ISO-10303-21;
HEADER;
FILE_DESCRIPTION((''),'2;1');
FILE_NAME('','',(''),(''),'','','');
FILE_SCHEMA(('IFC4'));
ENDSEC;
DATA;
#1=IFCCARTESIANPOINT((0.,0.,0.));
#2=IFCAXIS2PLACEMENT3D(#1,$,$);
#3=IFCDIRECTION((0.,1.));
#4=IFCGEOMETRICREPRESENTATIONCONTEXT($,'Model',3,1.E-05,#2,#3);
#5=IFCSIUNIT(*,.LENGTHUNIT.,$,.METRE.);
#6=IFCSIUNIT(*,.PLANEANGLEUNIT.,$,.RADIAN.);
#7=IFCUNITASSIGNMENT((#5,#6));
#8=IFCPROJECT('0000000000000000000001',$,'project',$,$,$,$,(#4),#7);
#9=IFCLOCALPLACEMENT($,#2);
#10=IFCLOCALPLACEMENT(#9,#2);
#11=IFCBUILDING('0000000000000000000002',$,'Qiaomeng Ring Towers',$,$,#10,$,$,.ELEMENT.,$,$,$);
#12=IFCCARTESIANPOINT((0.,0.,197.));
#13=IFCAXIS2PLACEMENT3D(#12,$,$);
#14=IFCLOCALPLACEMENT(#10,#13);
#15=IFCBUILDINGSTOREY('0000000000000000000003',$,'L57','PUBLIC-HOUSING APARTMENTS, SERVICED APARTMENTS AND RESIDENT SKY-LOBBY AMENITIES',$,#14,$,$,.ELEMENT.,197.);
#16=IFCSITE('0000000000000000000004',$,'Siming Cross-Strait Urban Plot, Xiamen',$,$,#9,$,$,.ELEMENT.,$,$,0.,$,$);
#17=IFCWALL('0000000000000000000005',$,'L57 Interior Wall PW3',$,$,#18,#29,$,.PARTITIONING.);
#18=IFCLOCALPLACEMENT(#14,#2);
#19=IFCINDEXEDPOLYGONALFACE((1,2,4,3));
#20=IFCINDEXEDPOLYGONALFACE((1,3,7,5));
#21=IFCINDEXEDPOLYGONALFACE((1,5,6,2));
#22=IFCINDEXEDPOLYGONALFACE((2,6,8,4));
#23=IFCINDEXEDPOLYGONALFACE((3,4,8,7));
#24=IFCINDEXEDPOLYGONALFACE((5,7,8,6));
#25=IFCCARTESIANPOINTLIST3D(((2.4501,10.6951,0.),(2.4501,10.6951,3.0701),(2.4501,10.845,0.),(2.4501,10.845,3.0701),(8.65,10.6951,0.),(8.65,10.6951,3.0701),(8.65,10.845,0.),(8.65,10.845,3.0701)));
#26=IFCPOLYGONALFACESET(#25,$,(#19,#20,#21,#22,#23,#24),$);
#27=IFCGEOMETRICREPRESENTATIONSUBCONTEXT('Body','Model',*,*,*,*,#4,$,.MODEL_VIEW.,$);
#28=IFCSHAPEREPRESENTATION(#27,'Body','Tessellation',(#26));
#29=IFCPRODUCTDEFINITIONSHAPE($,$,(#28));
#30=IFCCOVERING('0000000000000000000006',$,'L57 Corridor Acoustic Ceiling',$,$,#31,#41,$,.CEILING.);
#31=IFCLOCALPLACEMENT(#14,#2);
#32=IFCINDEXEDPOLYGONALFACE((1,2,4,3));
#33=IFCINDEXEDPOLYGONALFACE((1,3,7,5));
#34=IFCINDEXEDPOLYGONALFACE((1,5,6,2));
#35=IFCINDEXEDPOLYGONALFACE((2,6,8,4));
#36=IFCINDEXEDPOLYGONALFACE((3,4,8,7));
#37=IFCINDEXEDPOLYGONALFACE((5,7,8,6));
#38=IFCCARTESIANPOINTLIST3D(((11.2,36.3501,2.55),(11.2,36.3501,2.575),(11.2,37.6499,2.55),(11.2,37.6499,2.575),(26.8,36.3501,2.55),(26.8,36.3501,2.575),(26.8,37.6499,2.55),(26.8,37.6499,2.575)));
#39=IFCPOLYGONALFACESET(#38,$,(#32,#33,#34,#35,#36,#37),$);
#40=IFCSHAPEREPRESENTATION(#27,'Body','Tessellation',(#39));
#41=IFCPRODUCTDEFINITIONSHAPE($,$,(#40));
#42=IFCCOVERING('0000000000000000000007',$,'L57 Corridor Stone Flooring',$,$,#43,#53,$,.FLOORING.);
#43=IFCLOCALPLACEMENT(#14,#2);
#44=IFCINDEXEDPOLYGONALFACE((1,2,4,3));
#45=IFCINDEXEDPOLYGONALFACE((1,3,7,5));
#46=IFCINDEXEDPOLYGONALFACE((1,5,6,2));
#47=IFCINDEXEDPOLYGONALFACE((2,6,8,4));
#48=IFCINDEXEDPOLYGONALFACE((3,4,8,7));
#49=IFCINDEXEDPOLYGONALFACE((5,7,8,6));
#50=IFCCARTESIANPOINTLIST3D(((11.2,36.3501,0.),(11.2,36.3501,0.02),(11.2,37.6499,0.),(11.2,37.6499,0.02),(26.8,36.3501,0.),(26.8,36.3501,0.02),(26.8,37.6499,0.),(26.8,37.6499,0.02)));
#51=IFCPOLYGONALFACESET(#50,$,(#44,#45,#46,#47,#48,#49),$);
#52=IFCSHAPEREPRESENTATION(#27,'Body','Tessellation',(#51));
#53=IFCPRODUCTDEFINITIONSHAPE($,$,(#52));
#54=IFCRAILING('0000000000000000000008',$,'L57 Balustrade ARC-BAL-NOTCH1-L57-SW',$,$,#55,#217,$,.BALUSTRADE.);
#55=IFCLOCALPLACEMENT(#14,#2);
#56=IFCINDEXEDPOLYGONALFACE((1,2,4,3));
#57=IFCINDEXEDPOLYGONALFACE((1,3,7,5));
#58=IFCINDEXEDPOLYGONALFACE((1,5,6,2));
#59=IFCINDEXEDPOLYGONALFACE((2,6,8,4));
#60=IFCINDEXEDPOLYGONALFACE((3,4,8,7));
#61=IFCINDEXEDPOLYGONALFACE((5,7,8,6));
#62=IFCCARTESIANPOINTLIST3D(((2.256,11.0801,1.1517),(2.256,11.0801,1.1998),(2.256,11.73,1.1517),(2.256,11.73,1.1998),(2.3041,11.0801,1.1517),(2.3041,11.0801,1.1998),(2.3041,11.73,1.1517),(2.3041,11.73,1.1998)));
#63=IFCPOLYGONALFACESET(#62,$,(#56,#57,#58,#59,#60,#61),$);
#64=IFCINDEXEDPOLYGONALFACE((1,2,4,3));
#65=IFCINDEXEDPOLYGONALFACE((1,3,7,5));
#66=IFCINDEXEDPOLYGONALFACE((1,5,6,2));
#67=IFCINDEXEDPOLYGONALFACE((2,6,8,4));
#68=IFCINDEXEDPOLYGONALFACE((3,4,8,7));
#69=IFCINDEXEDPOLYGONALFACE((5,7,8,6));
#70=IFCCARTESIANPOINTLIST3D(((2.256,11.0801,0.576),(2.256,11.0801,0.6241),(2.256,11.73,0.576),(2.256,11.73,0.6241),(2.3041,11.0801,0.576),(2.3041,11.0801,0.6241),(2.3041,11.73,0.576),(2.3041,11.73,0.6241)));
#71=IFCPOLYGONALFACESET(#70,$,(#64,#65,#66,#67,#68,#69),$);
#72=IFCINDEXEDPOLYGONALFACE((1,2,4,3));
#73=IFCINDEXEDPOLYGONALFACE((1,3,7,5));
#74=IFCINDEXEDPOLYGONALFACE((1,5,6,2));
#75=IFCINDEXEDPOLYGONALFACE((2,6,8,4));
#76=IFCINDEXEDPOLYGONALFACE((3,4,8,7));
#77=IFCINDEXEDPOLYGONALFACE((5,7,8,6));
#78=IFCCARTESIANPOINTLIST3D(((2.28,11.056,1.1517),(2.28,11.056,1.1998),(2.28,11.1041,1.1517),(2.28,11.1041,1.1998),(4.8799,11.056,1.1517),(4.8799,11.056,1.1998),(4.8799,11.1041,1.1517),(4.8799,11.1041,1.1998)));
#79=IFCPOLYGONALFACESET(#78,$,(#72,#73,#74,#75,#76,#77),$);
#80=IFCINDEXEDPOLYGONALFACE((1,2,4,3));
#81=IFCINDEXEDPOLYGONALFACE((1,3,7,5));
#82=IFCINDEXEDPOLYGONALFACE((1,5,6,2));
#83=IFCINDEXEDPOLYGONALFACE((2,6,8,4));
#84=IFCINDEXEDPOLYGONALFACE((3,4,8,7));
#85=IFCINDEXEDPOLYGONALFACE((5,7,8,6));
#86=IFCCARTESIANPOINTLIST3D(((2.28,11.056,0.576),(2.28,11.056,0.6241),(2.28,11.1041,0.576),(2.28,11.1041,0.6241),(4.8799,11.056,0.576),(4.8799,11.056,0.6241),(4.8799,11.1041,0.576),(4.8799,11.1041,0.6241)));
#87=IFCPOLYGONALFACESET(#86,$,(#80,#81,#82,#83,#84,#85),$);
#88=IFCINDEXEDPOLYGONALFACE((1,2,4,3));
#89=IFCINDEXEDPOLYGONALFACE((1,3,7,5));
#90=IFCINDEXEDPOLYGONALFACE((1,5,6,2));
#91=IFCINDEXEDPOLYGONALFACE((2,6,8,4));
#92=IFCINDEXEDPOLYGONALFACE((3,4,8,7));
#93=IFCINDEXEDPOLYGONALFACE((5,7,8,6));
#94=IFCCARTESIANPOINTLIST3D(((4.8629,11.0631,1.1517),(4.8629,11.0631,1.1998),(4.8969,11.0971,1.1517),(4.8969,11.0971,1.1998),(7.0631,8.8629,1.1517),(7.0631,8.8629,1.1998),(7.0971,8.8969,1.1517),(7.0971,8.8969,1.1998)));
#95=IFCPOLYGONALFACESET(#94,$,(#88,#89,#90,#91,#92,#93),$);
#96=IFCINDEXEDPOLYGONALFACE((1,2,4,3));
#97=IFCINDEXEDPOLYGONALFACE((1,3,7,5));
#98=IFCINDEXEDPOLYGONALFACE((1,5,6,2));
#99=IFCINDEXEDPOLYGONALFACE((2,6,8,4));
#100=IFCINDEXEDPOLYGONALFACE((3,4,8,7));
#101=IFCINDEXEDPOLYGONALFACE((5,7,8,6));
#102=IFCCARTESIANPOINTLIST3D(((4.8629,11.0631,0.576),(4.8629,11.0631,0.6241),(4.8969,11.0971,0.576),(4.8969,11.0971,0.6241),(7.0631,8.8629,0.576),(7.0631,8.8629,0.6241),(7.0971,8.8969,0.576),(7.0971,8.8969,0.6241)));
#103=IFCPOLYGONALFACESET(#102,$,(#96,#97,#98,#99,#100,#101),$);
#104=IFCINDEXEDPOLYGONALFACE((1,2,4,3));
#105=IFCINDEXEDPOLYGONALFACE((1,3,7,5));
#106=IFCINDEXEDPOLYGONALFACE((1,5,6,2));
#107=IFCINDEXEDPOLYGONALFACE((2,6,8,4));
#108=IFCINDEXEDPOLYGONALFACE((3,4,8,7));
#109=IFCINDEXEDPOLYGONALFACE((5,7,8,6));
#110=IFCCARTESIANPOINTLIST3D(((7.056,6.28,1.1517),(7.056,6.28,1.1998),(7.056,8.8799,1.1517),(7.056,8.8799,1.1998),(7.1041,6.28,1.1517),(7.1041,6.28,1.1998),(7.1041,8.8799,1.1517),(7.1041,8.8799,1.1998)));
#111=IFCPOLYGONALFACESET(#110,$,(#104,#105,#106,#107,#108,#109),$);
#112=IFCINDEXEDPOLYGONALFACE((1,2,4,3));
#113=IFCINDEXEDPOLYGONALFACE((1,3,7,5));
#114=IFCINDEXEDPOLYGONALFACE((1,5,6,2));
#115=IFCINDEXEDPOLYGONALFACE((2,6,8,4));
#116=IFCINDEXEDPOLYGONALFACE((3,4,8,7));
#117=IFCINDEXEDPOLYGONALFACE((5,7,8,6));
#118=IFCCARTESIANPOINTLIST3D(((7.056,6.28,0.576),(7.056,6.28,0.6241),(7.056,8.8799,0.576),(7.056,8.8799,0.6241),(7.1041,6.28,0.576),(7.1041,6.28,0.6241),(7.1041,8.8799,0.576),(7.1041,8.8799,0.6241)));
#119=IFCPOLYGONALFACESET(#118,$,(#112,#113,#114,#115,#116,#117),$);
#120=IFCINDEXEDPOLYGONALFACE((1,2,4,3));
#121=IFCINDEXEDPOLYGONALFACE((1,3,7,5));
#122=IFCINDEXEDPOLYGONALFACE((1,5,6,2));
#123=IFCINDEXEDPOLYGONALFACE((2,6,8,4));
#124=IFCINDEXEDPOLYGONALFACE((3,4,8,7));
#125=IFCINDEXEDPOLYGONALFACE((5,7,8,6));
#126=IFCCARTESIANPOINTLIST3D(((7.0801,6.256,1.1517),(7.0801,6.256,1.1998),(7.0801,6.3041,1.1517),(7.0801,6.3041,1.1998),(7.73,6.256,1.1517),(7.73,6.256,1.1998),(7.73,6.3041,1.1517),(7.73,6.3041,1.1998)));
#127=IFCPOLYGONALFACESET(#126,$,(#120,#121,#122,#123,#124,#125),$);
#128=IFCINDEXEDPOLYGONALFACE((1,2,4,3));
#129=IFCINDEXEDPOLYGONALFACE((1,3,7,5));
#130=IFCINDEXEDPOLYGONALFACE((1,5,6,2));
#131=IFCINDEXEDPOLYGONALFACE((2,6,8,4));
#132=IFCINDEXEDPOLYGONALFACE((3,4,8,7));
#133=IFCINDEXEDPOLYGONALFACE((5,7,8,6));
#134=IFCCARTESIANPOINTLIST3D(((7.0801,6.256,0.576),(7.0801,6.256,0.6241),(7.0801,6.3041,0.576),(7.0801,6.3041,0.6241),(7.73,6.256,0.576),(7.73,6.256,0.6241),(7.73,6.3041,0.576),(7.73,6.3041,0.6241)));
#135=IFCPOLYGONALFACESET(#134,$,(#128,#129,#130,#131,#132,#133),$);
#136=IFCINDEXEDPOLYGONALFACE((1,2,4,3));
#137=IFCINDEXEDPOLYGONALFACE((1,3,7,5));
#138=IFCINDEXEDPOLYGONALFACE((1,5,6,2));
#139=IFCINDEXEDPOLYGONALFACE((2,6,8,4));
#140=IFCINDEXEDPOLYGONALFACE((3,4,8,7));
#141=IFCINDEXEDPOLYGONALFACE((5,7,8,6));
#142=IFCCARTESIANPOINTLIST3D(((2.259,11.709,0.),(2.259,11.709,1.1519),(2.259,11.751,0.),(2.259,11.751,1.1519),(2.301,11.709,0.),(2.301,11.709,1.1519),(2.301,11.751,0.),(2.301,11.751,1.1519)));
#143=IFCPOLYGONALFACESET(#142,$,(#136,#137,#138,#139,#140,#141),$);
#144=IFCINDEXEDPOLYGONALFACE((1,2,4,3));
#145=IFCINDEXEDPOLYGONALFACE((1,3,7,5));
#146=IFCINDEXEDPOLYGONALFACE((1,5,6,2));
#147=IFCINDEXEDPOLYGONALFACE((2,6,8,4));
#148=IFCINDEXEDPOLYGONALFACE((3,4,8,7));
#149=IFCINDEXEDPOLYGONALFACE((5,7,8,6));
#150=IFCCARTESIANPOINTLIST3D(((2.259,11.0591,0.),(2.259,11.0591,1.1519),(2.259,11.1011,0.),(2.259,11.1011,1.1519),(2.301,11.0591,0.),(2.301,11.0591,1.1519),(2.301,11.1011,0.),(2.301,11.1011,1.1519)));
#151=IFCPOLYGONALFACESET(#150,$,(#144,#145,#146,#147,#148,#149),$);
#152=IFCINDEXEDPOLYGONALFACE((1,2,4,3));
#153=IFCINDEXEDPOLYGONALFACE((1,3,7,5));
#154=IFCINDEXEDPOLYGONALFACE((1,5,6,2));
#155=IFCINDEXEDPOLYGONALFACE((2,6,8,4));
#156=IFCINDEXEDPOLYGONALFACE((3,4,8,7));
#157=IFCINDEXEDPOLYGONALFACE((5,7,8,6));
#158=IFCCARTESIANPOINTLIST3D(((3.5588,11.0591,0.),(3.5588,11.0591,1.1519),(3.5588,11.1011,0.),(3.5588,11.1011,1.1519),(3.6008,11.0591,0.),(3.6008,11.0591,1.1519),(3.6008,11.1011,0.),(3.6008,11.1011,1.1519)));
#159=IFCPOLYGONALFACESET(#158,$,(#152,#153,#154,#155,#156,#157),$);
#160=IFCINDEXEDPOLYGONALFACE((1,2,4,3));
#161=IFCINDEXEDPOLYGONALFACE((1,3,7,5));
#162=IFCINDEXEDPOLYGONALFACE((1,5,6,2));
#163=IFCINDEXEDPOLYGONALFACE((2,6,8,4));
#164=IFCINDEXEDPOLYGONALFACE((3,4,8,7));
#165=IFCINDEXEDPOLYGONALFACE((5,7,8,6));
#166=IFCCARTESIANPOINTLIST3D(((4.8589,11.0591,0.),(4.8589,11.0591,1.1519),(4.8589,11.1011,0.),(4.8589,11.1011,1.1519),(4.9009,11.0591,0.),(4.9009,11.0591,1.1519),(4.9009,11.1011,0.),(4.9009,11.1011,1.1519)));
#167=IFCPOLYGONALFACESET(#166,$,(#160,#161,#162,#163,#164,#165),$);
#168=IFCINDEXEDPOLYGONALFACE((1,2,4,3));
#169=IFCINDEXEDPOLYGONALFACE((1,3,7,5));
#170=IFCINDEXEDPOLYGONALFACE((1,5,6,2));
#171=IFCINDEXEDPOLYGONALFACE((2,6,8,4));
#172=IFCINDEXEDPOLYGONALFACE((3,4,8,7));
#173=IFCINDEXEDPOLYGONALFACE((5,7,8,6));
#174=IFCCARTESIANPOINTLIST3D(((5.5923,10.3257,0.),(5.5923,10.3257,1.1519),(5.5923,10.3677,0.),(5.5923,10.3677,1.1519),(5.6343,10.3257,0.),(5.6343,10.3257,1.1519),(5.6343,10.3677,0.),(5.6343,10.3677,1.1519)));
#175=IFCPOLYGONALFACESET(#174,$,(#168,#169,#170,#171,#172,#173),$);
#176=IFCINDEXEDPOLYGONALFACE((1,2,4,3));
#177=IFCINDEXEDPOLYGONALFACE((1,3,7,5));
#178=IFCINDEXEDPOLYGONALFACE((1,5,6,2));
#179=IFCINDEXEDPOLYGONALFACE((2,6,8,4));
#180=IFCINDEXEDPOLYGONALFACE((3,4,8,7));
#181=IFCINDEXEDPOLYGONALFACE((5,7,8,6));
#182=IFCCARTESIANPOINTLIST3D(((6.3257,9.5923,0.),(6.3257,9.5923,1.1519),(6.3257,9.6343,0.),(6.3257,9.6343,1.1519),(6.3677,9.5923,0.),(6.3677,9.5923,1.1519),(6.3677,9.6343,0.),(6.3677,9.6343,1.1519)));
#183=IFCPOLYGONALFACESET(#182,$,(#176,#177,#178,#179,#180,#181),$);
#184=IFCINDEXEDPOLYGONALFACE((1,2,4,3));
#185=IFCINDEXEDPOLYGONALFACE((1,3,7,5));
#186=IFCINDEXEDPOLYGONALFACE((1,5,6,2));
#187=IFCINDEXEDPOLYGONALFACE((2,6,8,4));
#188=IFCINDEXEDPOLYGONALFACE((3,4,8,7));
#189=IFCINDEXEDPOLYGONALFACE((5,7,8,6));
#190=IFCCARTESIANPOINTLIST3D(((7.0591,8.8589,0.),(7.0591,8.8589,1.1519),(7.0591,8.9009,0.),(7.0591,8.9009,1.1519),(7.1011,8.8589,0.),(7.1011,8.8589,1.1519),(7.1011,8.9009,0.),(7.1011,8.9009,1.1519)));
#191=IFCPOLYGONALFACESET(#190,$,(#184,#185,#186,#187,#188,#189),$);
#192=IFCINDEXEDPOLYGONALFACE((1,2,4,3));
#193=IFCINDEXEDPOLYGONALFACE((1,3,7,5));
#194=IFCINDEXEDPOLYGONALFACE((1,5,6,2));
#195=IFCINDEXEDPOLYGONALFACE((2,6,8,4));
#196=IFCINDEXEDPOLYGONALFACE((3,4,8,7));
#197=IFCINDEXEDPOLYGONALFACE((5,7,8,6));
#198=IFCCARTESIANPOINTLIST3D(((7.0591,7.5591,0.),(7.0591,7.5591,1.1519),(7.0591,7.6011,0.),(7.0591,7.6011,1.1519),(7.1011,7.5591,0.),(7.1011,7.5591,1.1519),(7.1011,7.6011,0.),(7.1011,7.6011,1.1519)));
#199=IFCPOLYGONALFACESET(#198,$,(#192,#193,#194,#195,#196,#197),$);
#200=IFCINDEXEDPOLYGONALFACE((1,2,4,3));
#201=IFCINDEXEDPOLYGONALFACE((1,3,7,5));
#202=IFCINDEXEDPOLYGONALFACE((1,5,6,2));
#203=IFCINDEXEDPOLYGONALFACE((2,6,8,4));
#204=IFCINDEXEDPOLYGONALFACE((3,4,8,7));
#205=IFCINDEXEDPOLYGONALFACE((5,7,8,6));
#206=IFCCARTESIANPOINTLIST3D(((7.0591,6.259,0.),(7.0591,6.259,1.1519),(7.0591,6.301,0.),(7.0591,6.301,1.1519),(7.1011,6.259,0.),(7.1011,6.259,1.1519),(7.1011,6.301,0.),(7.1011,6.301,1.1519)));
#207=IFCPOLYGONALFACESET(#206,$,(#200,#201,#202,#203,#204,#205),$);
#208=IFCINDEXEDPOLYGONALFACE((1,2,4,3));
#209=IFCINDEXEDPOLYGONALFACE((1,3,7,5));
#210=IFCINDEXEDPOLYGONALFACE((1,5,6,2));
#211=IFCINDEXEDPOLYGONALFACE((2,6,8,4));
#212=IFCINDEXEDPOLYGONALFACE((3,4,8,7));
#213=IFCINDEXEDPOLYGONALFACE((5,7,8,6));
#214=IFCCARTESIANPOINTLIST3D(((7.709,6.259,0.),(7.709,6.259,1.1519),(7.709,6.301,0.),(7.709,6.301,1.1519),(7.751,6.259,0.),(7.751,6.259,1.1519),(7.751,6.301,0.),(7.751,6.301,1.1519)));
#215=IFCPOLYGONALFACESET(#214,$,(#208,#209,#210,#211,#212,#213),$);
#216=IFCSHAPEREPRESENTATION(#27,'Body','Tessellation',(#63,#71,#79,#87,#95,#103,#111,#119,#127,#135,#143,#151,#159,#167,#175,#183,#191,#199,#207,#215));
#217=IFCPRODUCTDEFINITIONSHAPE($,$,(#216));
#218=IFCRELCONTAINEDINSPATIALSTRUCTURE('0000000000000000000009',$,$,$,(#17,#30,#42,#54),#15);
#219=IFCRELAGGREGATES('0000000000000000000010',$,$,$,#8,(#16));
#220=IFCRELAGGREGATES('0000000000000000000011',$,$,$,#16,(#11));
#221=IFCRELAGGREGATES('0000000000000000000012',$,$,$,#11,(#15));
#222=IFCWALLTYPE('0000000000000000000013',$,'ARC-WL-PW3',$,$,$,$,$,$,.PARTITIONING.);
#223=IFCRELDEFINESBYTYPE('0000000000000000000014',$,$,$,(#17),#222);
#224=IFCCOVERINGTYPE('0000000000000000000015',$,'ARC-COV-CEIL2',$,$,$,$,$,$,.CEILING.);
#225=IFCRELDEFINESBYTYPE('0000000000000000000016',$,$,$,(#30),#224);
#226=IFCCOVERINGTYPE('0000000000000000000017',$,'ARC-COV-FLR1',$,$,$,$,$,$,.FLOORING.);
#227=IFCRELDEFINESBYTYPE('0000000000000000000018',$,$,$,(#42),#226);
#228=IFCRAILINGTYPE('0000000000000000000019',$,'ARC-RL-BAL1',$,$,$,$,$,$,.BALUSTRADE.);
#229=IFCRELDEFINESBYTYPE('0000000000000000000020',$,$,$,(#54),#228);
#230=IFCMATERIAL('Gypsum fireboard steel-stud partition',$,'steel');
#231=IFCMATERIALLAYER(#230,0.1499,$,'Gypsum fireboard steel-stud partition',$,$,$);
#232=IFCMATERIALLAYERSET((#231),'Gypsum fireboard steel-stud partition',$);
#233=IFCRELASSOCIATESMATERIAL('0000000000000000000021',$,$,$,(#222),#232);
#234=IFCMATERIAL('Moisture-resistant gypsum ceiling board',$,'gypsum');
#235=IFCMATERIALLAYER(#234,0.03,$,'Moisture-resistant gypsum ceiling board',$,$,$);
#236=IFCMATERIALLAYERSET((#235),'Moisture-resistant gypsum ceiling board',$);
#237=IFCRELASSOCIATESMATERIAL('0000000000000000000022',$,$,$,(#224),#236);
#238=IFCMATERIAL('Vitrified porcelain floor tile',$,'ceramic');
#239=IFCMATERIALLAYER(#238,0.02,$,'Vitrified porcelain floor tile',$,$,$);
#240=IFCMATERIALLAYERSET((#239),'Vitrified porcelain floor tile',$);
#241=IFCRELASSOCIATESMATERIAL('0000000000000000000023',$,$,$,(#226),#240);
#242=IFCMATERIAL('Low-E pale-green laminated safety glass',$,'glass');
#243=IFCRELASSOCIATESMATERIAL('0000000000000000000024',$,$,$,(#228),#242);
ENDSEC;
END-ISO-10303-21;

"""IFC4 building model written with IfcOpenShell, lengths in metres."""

from ifc_helpers import new_model, si_unit, direction, frame, frame_2d, origin, origin_2d, place, context, subcontext, project, spatial, polyline, rectangle, outline, extrude, material, layer, layer_set, type_object, element, save


model = new_model("IFC4")

# Units and contexts
model_context = context("Model", 3, precision=1e-05, world=origin(), true_north=direction((0.0, 1.0)))
body_context = subcontext(model_context, "Body", "Model", "MODEL_VIEW")
ifc_project = project(units=[si_unit("LENGTHUNIT", "METRE"), si_unit("PLANEANGLEUNIT", "RADIAN")], contexts=[model_context])

# Site, building, storey
site_placement = place(None, origin())
site = spatial("IfcSite", under=ifc_project, at=site_placement, Name="Siming Cross-Strait Urban Plot, Xiamen", CompositionType="ELEMENT", RefElevation=0.0)
building_placement = place(site_placement, origin())
building = spatial("IfcBuilding", under=site, at=building_placement, Name="Qiaomeng Ring Towers", CompositionType="ELEMENT")
storey_placement = place(building_placement, frame((0.0, 0.0, 197.0)))
storey = spatial("IfcBuildingStorey", under=building, at=storey_placement, Name="L57", Description="PUBLIC-HOUSING APARTMENTS, SERVICED APARTMENTS AND RESIDENT SKY-LOBBY AMENITIES", CompositionType="ELEMENT", Elevation=197.0)

# Wall
ifc_material_1 = material(Name="Gypsum fireboard steel-stud partition", Category="steel")
ifc_layer_1 = layer(ifc_material_1, 0.1499, Name="Gypsum fireboard steel-stud partition")
ifc_layer_set_1 = layer_set([ifc_layer_1], Name="Gypsum fireboard steel-stud partition")
wall_type_1 = type_object("IfcWallType", Name="ARC-WL-PW3", PredefinedType="PARTITIONING", material=ifc_layer_set_1)
wall_1_placement = place(storey_placement, frame((2.45, 10.77, 0.0), z_axis=(0.0, 0.0, 1.0), x_axis=(1.0, 0.0, 0.0)))
element("IfcWall", 1, at=wall_1_placement, inside=storey, type_object=wall_type_1, Name="L57 Interior Wall PW3", PredefinedType="PARTITIONING", context=body_context, shape_type="SweptSolid", body=[
    extrude(rectangle(XDim=6.2, YDim=0.1499, at=frame_2d((3.1001, 0.0))), origin(), (0.0, 0.0, 1.0), 3.0701),
])

# Coverings
ifc_material_2 = material(Name="Moisture-resistant gypsum ceiling board", Category="gypsum")
ifc_layer_2 = layer(ifc_material_2, 0.03, Name="Moisture-resistant gypsum ceiling board")
ifc_layer_set_2 = layer_set([ifc_layer_2], Name="Moisture-resistant gypsum ceiling board")
covering_type_1 = type_object("IfcCoveringType", Name="ARC-COV-CEIL2", PredefinedType="CEILING", material=ifc_layer_set_2)
covering_1_placement = place(storey_placement, frame((0.0, 0.0, 2.55)))
element("IfcCovering", 2, at=covering_1_placement, inside=storey, type_object=covering_type_1, Name="L57 Corridor Acoustic Ceiling", PredefinedType="CEILING", context=body_context, shape_type="SweptSolid", body=[
    extrude(outline(polyline([(11.2, 36.3501), (11.2, 37.6499), (26.8, 37.6499), (26.8, 36.3501), (11.2, 36.3501)])), origin(), (0.0, 0.0, 1.0), 0.0249),
])
ifc_material_3 = material(Name="Vitrified porcelain floor tile", Category="ceramic")
ifc_layer_3 = layer(ifc_material_3, 0.02, Name="Vitrified porcelain floor tile")
ifc_layer_set_3 = layer_set([ifc_layer_3], Name="Vitrified porcelain floor tile")
covering_type_2 = type_object("IfcCoveringType", Name="ARC-COV-FLR1", PredefinedType="FLOORING", material=ifc_layer_set_3)
covering_2_placement = place(storey_placement, origin())
element("IfcCovering", 3, at=covering_2_placement, inside=storey, type_object=covering_type_2, Name="L57 Corridor Stone Flooring", PredefinedType="FLOORING", context=body_context, shape_type="SweptSolid", body=[
    extrude(outline(polyline([(11.2, 36.3501), (11.2, 37.6499), (26.8, 37.6499), (26.8, 36.3501), (11.2, 36.3501)])), origin(), (0.0, 0.0, 1.0), 0.02),
])

# Railing
ifc_material_4 = material(Name="Low-E pale-green laminated safety glass", Category="glass")
railing_type = type_object("IfcRailingType", Name="ARC-RL-BAL1", PredefinedType="BALUSTRADE", material=ifc_material_4)
railing_placement = place(storey_placement, frame((2.28, 11.73, 0.0)))
element("IfcRailing", 4, at=railing_placement, inside=storey, type_object=railing_type, Name="L57 Balustrade ARC-BAL-NOTCH1-L57-SW", PredefinedType="BALUSTRADE", context=body_context, shape_type="SweptSolid", body=[
    extrude(rectangle(XDim=0.0481, YDim=0.0481, at=origin_2d()), frame((0.0, 0.0, 1.1758), z_axis=(0.0, -1.0, 0.0), x_axis=(1.0, 0.0, 0.0)), (0.0, 0.0, 1.0), 0.6499),
    extrude(rectangle(XDim=0.0481, YDim=0.0481, at=origin_2d()), frame((0.0, 0.0, 0.6001), z_axis=(0.0, -1.0, 0.0), x_axis=(1.0, 0.0, 0.0)), (0.0, 0.0, 1.0), 0.6499),
    extrude(rectangle(XDim=0.0481, YDim=0.0481, at=origin_2d()), frame((0.0, -0.6499, 1.1758), z_axis=(1.0, 0.0, 0.0), x_axis=(0.0, 1.0, 0.0)), (0.0, 0.0, 1.0), 2.5999),
    extrude(rectangle(XDim=0.0481, YDim=0.0481, at=origin_2d()), frame((0.0, -0.6499, 0.6001), z_axis=(1.0, 0.0, 0.0), x_axis=(0.0, 1.0, 0.0)), (0.0, 0.0, 1.0), 2.5999),
    extrude(rectangle(XDim=0.0481, YDim=0.0481, at=origin_2d()), frame((2.5999, -0.6499, 1.1758), z_axis=(0.707107, -0.707107, 0.0), x_axis=(0.707107, 0.707107, 0.0)), (0.0, 0.0, 1.0), 3.1116),
    extrude(rectangle(XDim=0.0481, YDim=0.0481, at=origin_2d()), frame((2.5999, -0.6499, 0.6001), z_axis=(0.707107, -0.707107, 0.0), x_axis=(0.707107, 0.707107, 0.0)), (0.0, 0.0, 1.0), 3.1116),
    extrude(rectangle(XDim=0.0481, YDim=0.0481, at=origin_2d()), frame((4.8, -2.8501, 1.1758), z_axis=(0.0, -1.0, 0.0), x_axis=(1.0, 0.0, 0.0)), (0.0, 0.0, 1.0), 2.5999),
    extrude(rectangle(XDim=0.0481, YDim=0.0481, at=origin_2d()), frame((4.8, -2.8501, 0.6001), z_axis=(0.0, -1.0, 0.0), x_axis=(1.0, 0.0, 0.0)), (0.0, 0.0, 1.0), 2.5999),
    extrude(rectangle(XDim=0.0481, YDim=0.0481, at=origin_2d()), frame((4.8, -5.45, 1.1758), z_axis=(1.0, 0.0, 0.0), x_axis=(0.0, 1.0, 0.0)), (0.0, 0.0, 1.0), 0.6499),
    extrude(rectangle(XDim=0.0481, YDim=0.0481, at=origin_2d()), frame((4.8, -5.45, 0.6001), z_axis=(1.0, 0.0, 0.0), x_axis=(0.0, 1.0, 0.0)), (0.0, 0.0, 1.0), 0.6499),
    extrude(rectangle(XDim=0.042, YDim=0.042, at=origin_2d()), origin(), (0.0, 0.0, 1.0), 1.1519),
    extrude(rectangle(XDim=0.042, YDim=0.042, at=origin_2d()), frame((0.0, -0.6499, 0.0)), (0.0, 0.0, 1.0), 1.1519),
    extrude(rectangle(XDim=0.042, YDim=0.042, at=origin_2d()), frame((1.2998, -0.6499, 0.0)), (0.0, 0.0, 1.0), 1.1519),
    extrude(rectangle(XDim=0.042, YDim=0.042, at=origin_2d()), frame((2.5999, -0.6499, 0.0)), (0.0, 0.0, 1.0), 1.1519),
    extrude(rectangle(XDim=0.042, YDim=0.042, at=origin_2d()), frame((3.3333, -1.3833, 0.0)), (0.0, 0.0, 1.0), 1.1519),
    extrude(rectangle(XDim=0.042, YDim=0.042, at=origin_2d()), frame((4.0667, -2.1167, 0.0)), (0.0, 0.0, 1.0), 1.1519),
    extrude(rectangle(XDim=0.042, YDim=0.042, at=origin_2d()), frame((4.8, -2.8501, 0.0)), (0.0, 0.0, 1.0), 1.1519),
    extrude(rectangle(XDim=0.042, YDim=0.042, at=origin_2d()), frame((4.8, -4.1499, 0.0)), (0.0, 0.0, 1.0), 1.1519),
    extrude(rectangle(XDim=0.042, YDim=0.042, at=origin_2d()), frame((4.8, -5.45, 0.0)), (0.0, 0.0, 1.0), 1.1519),
    extrude(rectangle(XDim=0.042, YDim=0.042, at=origin_2d()), frame((5.45, -5.45, 0.0)), (0.0, 0.0, 1.0), 1.1519),
])

save(model, "model.ifc")
